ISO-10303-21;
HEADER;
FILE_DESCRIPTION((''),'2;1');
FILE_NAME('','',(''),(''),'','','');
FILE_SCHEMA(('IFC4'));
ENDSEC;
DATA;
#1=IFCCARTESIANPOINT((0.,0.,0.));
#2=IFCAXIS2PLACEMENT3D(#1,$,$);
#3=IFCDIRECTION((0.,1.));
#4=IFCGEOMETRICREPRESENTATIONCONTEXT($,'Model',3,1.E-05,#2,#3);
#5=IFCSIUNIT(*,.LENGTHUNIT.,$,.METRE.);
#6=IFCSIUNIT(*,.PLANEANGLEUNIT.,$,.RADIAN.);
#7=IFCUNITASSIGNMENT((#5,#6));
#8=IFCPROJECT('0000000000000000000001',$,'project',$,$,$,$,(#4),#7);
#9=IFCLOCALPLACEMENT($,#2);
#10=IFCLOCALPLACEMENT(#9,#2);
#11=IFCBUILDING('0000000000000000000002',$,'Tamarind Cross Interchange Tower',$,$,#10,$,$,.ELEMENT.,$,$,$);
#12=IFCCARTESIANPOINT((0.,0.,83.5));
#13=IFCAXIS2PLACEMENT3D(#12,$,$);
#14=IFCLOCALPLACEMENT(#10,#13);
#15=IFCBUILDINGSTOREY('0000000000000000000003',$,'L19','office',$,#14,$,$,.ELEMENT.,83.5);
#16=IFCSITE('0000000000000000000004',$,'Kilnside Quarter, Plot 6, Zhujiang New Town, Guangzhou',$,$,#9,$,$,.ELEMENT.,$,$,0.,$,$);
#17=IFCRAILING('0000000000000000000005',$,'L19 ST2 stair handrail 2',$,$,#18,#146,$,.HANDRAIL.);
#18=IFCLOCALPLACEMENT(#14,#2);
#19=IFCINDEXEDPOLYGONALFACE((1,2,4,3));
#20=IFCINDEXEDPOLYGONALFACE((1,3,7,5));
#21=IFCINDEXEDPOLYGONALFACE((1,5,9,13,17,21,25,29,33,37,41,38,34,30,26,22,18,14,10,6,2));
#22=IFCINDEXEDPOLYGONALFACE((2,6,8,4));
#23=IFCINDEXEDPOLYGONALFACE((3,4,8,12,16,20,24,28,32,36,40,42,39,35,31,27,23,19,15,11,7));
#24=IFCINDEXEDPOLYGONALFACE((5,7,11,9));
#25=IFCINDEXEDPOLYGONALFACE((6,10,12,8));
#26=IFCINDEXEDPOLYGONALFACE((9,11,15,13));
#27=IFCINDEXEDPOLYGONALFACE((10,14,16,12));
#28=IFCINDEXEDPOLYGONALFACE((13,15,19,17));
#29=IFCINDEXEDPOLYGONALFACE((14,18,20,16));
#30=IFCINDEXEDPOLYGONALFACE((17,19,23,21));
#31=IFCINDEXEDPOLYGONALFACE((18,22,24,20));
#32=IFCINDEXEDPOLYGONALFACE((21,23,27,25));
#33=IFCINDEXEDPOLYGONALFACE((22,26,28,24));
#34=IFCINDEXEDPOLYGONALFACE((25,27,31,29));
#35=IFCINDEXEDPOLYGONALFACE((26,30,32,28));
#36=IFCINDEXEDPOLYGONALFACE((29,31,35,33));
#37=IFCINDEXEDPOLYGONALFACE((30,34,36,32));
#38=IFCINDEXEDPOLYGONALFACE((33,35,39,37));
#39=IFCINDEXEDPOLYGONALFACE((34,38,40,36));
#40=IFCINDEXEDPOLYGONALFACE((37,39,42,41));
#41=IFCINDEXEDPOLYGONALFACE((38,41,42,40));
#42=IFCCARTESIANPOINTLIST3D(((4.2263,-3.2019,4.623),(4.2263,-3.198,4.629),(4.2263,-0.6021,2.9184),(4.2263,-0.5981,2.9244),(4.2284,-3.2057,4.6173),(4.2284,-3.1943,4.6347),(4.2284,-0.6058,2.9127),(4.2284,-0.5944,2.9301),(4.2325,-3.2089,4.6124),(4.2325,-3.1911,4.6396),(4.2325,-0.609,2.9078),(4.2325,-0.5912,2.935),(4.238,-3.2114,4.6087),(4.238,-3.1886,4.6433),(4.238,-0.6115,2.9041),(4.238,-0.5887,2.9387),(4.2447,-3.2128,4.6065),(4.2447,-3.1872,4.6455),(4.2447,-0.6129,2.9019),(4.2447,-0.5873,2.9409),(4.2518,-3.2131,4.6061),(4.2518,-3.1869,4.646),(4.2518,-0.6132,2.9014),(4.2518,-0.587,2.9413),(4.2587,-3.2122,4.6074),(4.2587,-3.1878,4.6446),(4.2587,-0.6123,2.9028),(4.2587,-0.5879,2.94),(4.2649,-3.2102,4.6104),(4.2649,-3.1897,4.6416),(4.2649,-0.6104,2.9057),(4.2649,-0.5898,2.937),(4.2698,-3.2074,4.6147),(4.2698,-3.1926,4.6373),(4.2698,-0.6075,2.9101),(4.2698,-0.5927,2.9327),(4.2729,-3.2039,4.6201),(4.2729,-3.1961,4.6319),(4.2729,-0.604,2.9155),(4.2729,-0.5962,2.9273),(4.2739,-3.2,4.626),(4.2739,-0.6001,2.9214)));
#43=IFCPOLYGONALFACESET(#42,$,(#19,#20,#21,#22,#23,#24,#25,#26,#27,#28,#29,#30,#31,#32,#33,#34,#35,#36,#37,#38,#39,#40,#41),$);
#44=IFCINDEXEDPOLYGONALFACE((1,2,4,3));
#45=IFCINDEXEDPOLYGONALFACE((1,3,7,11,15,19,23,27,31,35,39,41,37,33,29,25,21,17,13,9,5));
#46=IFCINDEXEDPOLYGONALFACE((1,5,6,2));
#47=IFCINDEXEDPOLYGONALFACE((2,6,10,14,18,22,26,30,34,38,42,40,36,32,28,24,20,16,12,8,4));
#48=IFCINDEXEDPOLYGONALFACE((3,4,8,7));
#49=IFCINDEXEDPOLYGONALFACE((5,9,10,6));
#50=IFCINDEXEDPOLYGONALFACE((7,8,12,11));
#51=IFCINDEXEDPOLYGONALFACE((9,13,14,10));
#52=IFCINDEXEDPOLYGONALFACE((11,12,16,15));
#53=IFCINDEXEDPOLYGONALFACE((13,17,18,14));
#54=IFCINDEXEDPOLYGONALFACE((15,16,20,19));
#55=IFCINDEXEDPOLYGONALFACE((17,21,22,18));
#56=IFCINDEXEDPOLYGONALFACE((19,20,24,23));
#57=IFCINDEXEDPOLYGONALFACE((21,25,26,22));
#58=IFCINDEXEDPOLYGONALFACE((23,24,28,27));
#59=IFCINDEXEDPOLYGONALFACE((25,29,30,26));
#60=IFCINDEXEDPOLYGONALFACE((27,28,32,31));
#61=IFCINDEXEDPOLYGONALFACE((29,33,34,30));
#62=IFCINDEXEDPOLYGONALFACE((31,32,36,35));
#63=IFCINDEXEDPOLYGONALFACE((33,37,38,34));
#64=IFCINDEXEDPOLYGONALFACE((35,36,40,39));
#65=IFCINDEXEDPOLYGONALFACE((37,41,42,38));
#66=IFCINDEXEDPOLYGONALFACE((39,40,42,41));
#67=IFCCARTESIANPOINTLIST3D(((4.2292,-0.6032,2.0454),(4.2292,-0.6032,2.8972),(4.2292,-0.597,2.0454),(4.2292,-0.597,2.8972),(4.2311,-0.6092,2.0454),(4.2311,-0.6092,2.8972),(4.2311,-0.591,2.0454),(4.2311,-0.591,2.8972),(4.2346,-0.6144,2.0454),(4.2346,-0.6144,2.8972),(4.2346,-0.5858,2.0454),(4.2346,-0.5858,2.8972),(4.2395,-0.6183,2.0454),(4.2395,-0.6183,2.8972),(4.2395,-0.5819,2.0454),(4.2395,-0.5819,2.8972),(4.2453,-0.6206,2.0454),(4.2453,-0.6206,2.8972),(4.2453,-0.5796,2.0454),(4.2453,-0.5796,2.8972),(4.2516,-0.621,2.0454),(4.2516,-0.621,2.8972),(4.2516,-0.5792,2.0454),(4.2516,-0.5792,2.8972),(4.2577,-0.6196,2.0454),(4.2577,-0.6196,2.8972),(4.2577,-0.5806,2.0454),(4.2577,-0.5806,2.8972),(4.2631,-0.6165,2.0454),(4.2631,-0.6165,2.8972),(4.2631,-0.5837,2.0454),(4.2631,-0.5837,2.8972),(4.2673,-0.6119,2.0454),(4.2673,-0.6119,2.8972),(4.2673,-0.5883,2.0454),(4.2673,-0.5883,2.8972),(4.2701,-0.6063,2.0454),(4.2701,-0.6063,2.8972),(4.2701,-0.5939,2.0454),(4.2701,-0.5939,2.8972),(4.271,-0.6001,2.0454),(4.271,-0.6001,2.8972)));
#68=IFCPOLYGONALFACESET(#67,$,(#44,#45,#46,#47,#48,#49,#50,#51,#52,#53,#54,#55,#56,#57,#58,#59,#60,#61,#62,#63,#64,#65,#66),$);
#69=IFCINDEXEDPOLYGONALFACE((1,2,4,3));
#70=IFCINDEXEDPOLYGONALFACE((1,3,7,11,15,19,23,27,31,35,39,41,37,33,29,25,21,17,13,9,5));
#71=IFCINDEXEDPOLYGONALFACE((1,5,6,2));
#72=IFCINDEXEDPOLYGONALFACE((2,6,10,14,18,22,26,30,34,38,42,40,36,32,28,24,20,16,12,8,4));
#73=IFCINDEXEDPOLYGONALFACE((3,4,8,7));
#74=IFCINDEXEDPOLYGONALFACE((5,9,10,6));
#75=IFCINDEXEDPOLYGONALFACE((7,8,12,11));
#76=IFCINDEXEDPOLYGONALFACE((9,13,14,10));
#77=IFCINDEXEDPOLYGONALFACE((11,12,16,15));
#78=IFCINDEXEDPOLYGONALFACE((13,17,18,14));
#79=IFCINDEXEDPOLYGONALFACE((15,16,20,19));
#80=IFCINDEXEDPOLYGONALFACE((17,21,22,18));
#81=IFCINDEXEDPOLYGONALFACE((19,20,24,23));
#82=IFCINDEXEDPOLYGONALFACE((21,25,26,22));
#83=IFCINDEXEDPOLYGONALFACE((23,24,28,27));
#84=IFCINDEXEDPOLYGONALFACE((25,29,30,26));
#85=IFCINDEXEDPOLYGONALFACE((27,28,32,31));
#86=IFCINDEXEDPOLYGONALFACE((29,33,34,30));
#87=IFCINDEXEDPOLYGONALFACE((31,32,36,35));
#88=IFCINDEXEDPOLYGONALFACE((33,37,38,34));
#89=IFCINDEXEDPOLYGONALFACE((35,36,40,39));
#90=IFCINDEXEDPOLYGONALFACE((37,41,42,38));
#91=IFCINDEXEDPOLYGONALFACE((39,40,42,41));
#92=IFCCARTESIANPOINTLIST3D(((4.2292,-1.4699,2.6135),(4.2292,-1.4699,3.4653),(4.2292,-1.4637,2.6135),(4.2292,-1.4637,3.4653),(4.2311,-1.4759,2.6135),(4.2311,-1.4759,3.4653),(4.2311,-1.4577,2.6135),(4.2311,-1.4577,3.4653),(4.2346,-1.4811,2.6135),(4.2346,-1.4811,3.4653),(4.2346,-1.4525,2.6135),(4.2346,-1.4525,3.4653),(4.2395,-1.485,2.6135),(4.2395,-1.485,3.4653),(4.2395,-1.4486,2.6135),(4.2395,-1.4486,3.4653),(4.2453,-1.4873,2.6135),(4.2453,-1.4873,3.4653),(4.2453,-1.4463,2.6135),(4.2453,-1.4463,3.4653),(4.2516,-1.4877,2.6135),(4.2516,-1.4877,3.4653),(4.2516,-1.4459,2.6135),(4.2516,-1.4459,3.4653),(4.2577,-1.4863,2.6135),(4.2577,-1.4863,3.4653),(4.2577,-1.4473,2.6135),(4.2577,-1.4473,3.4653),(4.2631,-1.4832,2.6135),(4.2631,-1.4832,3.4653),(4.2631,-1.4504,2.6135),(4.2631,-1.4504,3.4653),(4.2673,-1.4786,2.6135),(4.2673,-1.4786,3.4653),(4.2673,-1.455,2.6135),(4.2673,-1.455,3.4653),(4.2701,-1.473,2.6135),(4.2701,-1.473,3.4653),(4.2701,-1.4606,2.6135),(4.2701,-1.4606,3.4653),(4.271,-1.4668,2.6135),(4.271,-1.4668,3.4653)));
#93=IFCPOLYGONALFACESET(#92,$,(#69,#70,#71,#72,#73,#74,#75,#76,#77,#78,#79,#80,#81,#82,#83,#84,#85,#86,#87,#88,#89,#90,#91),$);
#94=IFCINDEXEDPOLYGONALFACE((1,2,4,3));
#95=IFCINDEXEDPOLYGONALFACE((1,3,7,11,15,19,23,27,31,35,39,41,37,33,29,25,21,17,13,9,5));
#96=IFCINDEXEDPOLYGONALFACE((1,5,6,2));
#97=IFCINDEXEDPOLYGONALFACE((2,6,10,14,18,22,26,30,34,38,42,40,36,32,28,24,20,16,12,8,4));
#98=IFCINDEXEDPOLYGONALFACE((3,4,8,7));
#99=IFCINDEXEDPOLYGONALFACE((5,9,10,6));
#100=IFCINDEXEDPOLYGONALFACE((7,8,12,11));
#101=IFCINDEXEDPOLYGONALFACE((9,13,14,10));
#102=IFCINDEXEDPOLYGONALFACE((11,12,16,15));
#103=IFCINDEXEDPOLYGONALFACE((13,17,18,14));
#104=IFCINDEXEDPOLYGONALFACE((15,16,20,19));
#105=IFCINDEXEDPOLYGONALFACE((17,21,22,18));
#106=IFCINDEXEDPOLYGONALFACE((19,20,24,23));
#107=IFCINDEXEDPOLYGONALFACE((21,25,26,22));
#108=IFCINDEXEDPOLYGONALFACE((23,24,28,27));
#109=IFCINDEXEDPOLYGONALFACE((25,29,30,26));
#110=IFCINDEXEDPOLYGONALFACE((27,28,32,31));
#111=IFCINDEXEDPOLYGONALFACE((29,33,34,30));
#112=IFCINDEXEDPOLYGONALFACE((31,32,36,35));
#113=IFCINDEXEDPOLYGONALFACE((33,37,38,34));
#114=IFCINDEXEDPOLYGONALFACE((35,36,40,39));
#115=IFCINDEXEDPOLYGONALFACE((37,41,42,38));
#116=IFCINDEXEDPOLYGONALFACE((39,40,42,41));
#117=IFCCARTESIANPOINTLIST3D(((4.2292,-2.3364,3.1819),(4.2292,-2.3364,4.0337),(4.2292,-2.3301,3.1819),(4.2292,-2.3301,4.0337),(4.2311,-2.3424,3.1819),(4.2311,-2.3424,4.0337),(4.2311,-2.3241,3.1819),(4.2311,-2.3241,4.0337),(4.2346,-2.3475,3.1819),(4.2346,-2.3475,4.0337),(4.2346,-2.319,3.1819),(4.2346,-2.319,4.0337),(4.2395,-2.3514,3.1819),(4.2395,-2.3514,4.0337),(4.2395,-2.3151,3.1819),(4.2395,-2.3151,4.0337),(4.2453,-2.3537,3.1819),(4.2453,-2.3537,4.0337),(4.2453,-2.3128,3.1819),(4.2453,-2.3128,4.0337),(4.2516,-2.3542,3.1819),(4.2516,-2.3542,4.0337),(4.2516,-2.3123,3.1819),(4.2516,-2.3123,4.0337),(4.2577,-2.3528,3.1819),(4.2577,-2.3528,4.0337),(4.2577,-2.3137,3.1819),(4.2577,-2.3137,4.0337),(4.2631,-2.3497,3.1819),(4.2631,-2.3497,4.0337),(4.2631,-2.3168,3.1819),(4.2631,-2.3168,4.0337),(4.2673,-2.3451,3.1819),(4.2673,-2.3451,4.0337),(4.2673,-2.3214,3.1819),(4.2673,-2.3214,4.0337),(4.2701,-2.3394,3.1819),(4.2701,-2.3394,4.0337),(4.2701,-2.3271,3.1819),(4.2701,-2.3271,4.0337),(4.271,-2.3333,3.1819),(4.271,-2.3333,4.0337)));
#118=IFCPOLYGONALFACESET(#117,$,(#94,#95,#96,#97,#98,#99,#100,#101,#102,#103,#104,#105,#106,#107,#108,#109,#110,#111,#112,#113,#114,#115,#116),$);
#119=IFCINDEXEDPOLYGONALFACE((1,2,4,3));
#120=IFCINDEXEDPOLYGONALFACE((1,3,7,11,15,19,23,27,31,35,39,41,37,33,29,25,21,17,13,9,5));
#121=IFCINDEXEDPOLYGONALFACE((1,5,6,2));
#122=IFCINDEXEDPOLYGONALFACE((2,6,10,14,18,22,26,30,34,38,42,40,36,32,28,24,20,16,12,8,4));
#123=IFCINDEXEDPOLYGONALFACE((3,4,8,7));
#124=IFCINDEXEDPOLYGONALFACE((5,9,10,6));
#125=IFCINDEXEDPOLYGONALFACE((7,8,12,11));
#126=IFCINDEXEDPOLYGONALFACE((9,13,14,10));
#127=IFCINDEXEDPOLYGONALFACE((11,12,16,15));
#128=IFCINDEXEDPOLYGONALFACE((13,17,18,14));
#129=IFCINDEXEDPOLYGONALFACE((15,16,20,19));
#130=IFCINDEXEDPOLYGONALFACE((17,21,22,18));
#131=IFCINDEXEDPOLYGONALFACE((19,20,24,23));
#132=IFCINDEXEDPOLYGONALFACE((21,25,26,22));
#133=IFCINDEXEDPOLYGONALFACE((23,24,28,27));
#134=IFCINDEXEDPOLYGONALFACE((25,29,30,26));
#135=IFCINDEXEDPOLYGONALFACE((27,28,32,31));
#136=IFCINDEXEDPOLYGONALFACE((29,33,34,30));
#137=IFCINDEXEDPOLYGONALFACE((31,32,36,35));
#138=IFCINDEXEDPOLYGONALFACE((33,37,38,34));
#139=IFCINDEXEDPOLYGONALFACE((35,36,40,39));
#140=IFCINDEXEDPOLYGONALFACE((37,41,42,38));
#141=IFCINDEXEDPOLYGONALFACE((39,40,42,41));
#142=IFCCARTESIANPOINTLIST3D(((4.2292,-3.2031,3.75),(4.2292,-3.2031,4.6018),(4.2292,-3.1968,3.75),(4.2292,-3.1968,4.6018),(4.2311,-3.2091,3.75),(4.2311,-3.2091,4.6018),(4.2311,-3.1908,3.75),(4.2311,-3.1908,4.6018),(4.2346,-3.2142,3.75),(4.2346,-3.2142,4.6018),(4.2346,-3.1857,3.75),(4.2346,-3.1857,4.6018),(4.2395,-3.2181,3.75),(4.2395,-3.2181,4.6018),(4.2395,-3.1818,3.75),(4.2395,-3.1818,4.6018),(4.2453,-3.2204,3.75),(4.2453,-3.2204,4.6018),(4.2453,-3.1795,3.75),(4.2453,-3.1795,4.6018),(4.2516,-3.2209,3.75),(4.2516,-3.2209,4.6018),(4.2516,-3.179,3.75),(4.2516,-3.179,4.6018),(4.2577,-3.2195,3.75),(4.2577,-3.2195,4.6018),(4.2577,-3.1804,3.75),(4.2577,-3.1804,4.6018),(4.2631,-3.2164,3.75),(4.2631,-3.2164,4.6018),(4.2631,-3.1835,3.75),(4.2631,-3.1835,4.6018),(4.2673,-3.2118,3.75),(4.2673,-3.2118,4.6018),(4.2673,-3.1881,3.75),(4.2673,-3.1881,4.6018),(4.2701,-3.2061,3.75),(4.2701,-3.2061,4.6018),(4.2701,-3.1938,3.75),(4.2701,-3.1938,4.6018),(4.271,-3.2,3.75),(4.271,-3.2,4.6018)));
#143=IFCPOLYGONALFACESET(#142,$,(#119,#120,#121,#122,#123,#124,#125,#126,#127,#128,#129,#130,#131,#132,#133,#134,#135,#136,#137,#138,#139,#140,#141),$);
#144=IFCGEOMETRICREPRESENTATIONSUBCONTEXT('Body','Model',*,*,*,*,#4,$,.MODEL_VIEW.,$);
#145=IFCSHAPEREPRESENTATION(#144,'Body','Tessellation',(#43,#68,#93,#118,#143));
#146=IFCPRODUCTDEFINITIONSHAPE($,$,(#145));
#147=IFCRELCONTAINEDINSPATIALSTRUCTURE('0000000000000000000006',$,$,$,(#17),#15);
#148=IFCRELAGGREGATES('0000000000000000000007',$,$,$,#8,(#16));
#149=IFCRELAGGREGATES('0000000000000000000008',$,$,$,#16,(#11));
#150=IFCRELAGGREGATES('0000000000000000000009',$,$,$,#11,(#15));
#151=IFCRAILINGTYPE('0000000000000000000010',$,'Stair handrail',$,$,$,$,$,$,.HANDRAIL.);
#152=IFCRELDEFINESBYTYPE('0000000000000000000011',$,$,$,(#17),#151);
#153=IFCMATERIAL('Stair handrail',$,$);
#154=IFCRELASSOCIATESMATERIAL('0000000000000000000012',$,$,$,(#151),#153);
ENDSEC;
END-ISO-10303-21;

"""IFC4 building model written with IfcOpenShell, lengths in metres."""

from ifc_helpers import new_model, si_unit, direction, frame, origin, origin_2d, place, context, subcontext, project, spatial, circle, extrude, material, type_object, element, save


model = new_model("IFC4")

# Units and contexts
model_context = context("Model", 3, precision=1e-05, world=origin(), true_north=direction((0.0, 1.0)))
body_context = subcontext(model_context, "Body", "Model", "MODEL_VIEW")
ifc_project = project(units=[si_unit("LENGTHUNIT", "METRE"), si_unit("PLANEANGLEUNIT", "RADIAN")], contexts=[model_context])

# Site, building, storey
site_placement = place(None, origin())
site = spatial("IfcSite", under=ifc_project, at=site_placement, Name="Kilnside Quarter, Plot 6, Zhujiang New Town, Guangzhou", CompositionType="ELEMENT", RefElevation=0.0)
building_placement = place(site_placement, origin())
building = spatial("IfcBuilding", under=site, at=building_placement, Name="Tamarind Cross Interchange Tower", CompositionType="ELEMENT")
storey_placement = place(building_placement, frame((0.0, 0.0, 83.5)))
storey = spatial("IfcBuildingStorey", under=building, at=storey_placement, Name="L19", Description="office", CompositionType="ELEMENT", Elevation=83.5)

# Railing
ifc_material_1 = material(Name="Stair handrail")
railing_type_1 = type_object("IfcRailingType", Name="Stair handrail", PredefinedType="HANDRAIL", material=ifc_material_1)
railing_1_placement = place(storey_placement, frame((4.25, -0.6001, 2.0454)))
element("IfcRailing", 1, at=railing_1_placement, inside=storey, type_object=railing_type_1, Name="L19 ST2 stair handrail 2", PredefinedType="HANDRAIL", context=body_context, shape_type="SweptSolid", body=[
    extrude(circle(Radius=0.0239, at=origin_2d()), frame((0.0, 0.0, 0.876), z_axis=(0.0, -0.836279, 0.548305), x_axis=(1.0, 0.0, 0.0)), (0.0, 0.0, 1.0), 3.1089),
    extrude(circle(Radius=0.021, at=origin_2d()), origin(), (0.0, 0.0, 1.0), 0.8518),
    extrude(circle(Radius=0.021, at=origin_2d()), frame((0.0, -0.8667, 0.5681)), (0.0, 0.0, 1.0), 0.8518),
    extrude(circle(Radius=0.021, at=origin_2d()), frame((0.0, -1.7332, 1.1365)), (0.0, 0.0, 1.0), 0.8518),
    extrude(circle(Radius=0.021, at=origin_2d()), frame((0.0, -2.5999, 1.7046)), (0.0, 0.0, 1.0), 0.8518),
])

save(model, "model.ifc")
